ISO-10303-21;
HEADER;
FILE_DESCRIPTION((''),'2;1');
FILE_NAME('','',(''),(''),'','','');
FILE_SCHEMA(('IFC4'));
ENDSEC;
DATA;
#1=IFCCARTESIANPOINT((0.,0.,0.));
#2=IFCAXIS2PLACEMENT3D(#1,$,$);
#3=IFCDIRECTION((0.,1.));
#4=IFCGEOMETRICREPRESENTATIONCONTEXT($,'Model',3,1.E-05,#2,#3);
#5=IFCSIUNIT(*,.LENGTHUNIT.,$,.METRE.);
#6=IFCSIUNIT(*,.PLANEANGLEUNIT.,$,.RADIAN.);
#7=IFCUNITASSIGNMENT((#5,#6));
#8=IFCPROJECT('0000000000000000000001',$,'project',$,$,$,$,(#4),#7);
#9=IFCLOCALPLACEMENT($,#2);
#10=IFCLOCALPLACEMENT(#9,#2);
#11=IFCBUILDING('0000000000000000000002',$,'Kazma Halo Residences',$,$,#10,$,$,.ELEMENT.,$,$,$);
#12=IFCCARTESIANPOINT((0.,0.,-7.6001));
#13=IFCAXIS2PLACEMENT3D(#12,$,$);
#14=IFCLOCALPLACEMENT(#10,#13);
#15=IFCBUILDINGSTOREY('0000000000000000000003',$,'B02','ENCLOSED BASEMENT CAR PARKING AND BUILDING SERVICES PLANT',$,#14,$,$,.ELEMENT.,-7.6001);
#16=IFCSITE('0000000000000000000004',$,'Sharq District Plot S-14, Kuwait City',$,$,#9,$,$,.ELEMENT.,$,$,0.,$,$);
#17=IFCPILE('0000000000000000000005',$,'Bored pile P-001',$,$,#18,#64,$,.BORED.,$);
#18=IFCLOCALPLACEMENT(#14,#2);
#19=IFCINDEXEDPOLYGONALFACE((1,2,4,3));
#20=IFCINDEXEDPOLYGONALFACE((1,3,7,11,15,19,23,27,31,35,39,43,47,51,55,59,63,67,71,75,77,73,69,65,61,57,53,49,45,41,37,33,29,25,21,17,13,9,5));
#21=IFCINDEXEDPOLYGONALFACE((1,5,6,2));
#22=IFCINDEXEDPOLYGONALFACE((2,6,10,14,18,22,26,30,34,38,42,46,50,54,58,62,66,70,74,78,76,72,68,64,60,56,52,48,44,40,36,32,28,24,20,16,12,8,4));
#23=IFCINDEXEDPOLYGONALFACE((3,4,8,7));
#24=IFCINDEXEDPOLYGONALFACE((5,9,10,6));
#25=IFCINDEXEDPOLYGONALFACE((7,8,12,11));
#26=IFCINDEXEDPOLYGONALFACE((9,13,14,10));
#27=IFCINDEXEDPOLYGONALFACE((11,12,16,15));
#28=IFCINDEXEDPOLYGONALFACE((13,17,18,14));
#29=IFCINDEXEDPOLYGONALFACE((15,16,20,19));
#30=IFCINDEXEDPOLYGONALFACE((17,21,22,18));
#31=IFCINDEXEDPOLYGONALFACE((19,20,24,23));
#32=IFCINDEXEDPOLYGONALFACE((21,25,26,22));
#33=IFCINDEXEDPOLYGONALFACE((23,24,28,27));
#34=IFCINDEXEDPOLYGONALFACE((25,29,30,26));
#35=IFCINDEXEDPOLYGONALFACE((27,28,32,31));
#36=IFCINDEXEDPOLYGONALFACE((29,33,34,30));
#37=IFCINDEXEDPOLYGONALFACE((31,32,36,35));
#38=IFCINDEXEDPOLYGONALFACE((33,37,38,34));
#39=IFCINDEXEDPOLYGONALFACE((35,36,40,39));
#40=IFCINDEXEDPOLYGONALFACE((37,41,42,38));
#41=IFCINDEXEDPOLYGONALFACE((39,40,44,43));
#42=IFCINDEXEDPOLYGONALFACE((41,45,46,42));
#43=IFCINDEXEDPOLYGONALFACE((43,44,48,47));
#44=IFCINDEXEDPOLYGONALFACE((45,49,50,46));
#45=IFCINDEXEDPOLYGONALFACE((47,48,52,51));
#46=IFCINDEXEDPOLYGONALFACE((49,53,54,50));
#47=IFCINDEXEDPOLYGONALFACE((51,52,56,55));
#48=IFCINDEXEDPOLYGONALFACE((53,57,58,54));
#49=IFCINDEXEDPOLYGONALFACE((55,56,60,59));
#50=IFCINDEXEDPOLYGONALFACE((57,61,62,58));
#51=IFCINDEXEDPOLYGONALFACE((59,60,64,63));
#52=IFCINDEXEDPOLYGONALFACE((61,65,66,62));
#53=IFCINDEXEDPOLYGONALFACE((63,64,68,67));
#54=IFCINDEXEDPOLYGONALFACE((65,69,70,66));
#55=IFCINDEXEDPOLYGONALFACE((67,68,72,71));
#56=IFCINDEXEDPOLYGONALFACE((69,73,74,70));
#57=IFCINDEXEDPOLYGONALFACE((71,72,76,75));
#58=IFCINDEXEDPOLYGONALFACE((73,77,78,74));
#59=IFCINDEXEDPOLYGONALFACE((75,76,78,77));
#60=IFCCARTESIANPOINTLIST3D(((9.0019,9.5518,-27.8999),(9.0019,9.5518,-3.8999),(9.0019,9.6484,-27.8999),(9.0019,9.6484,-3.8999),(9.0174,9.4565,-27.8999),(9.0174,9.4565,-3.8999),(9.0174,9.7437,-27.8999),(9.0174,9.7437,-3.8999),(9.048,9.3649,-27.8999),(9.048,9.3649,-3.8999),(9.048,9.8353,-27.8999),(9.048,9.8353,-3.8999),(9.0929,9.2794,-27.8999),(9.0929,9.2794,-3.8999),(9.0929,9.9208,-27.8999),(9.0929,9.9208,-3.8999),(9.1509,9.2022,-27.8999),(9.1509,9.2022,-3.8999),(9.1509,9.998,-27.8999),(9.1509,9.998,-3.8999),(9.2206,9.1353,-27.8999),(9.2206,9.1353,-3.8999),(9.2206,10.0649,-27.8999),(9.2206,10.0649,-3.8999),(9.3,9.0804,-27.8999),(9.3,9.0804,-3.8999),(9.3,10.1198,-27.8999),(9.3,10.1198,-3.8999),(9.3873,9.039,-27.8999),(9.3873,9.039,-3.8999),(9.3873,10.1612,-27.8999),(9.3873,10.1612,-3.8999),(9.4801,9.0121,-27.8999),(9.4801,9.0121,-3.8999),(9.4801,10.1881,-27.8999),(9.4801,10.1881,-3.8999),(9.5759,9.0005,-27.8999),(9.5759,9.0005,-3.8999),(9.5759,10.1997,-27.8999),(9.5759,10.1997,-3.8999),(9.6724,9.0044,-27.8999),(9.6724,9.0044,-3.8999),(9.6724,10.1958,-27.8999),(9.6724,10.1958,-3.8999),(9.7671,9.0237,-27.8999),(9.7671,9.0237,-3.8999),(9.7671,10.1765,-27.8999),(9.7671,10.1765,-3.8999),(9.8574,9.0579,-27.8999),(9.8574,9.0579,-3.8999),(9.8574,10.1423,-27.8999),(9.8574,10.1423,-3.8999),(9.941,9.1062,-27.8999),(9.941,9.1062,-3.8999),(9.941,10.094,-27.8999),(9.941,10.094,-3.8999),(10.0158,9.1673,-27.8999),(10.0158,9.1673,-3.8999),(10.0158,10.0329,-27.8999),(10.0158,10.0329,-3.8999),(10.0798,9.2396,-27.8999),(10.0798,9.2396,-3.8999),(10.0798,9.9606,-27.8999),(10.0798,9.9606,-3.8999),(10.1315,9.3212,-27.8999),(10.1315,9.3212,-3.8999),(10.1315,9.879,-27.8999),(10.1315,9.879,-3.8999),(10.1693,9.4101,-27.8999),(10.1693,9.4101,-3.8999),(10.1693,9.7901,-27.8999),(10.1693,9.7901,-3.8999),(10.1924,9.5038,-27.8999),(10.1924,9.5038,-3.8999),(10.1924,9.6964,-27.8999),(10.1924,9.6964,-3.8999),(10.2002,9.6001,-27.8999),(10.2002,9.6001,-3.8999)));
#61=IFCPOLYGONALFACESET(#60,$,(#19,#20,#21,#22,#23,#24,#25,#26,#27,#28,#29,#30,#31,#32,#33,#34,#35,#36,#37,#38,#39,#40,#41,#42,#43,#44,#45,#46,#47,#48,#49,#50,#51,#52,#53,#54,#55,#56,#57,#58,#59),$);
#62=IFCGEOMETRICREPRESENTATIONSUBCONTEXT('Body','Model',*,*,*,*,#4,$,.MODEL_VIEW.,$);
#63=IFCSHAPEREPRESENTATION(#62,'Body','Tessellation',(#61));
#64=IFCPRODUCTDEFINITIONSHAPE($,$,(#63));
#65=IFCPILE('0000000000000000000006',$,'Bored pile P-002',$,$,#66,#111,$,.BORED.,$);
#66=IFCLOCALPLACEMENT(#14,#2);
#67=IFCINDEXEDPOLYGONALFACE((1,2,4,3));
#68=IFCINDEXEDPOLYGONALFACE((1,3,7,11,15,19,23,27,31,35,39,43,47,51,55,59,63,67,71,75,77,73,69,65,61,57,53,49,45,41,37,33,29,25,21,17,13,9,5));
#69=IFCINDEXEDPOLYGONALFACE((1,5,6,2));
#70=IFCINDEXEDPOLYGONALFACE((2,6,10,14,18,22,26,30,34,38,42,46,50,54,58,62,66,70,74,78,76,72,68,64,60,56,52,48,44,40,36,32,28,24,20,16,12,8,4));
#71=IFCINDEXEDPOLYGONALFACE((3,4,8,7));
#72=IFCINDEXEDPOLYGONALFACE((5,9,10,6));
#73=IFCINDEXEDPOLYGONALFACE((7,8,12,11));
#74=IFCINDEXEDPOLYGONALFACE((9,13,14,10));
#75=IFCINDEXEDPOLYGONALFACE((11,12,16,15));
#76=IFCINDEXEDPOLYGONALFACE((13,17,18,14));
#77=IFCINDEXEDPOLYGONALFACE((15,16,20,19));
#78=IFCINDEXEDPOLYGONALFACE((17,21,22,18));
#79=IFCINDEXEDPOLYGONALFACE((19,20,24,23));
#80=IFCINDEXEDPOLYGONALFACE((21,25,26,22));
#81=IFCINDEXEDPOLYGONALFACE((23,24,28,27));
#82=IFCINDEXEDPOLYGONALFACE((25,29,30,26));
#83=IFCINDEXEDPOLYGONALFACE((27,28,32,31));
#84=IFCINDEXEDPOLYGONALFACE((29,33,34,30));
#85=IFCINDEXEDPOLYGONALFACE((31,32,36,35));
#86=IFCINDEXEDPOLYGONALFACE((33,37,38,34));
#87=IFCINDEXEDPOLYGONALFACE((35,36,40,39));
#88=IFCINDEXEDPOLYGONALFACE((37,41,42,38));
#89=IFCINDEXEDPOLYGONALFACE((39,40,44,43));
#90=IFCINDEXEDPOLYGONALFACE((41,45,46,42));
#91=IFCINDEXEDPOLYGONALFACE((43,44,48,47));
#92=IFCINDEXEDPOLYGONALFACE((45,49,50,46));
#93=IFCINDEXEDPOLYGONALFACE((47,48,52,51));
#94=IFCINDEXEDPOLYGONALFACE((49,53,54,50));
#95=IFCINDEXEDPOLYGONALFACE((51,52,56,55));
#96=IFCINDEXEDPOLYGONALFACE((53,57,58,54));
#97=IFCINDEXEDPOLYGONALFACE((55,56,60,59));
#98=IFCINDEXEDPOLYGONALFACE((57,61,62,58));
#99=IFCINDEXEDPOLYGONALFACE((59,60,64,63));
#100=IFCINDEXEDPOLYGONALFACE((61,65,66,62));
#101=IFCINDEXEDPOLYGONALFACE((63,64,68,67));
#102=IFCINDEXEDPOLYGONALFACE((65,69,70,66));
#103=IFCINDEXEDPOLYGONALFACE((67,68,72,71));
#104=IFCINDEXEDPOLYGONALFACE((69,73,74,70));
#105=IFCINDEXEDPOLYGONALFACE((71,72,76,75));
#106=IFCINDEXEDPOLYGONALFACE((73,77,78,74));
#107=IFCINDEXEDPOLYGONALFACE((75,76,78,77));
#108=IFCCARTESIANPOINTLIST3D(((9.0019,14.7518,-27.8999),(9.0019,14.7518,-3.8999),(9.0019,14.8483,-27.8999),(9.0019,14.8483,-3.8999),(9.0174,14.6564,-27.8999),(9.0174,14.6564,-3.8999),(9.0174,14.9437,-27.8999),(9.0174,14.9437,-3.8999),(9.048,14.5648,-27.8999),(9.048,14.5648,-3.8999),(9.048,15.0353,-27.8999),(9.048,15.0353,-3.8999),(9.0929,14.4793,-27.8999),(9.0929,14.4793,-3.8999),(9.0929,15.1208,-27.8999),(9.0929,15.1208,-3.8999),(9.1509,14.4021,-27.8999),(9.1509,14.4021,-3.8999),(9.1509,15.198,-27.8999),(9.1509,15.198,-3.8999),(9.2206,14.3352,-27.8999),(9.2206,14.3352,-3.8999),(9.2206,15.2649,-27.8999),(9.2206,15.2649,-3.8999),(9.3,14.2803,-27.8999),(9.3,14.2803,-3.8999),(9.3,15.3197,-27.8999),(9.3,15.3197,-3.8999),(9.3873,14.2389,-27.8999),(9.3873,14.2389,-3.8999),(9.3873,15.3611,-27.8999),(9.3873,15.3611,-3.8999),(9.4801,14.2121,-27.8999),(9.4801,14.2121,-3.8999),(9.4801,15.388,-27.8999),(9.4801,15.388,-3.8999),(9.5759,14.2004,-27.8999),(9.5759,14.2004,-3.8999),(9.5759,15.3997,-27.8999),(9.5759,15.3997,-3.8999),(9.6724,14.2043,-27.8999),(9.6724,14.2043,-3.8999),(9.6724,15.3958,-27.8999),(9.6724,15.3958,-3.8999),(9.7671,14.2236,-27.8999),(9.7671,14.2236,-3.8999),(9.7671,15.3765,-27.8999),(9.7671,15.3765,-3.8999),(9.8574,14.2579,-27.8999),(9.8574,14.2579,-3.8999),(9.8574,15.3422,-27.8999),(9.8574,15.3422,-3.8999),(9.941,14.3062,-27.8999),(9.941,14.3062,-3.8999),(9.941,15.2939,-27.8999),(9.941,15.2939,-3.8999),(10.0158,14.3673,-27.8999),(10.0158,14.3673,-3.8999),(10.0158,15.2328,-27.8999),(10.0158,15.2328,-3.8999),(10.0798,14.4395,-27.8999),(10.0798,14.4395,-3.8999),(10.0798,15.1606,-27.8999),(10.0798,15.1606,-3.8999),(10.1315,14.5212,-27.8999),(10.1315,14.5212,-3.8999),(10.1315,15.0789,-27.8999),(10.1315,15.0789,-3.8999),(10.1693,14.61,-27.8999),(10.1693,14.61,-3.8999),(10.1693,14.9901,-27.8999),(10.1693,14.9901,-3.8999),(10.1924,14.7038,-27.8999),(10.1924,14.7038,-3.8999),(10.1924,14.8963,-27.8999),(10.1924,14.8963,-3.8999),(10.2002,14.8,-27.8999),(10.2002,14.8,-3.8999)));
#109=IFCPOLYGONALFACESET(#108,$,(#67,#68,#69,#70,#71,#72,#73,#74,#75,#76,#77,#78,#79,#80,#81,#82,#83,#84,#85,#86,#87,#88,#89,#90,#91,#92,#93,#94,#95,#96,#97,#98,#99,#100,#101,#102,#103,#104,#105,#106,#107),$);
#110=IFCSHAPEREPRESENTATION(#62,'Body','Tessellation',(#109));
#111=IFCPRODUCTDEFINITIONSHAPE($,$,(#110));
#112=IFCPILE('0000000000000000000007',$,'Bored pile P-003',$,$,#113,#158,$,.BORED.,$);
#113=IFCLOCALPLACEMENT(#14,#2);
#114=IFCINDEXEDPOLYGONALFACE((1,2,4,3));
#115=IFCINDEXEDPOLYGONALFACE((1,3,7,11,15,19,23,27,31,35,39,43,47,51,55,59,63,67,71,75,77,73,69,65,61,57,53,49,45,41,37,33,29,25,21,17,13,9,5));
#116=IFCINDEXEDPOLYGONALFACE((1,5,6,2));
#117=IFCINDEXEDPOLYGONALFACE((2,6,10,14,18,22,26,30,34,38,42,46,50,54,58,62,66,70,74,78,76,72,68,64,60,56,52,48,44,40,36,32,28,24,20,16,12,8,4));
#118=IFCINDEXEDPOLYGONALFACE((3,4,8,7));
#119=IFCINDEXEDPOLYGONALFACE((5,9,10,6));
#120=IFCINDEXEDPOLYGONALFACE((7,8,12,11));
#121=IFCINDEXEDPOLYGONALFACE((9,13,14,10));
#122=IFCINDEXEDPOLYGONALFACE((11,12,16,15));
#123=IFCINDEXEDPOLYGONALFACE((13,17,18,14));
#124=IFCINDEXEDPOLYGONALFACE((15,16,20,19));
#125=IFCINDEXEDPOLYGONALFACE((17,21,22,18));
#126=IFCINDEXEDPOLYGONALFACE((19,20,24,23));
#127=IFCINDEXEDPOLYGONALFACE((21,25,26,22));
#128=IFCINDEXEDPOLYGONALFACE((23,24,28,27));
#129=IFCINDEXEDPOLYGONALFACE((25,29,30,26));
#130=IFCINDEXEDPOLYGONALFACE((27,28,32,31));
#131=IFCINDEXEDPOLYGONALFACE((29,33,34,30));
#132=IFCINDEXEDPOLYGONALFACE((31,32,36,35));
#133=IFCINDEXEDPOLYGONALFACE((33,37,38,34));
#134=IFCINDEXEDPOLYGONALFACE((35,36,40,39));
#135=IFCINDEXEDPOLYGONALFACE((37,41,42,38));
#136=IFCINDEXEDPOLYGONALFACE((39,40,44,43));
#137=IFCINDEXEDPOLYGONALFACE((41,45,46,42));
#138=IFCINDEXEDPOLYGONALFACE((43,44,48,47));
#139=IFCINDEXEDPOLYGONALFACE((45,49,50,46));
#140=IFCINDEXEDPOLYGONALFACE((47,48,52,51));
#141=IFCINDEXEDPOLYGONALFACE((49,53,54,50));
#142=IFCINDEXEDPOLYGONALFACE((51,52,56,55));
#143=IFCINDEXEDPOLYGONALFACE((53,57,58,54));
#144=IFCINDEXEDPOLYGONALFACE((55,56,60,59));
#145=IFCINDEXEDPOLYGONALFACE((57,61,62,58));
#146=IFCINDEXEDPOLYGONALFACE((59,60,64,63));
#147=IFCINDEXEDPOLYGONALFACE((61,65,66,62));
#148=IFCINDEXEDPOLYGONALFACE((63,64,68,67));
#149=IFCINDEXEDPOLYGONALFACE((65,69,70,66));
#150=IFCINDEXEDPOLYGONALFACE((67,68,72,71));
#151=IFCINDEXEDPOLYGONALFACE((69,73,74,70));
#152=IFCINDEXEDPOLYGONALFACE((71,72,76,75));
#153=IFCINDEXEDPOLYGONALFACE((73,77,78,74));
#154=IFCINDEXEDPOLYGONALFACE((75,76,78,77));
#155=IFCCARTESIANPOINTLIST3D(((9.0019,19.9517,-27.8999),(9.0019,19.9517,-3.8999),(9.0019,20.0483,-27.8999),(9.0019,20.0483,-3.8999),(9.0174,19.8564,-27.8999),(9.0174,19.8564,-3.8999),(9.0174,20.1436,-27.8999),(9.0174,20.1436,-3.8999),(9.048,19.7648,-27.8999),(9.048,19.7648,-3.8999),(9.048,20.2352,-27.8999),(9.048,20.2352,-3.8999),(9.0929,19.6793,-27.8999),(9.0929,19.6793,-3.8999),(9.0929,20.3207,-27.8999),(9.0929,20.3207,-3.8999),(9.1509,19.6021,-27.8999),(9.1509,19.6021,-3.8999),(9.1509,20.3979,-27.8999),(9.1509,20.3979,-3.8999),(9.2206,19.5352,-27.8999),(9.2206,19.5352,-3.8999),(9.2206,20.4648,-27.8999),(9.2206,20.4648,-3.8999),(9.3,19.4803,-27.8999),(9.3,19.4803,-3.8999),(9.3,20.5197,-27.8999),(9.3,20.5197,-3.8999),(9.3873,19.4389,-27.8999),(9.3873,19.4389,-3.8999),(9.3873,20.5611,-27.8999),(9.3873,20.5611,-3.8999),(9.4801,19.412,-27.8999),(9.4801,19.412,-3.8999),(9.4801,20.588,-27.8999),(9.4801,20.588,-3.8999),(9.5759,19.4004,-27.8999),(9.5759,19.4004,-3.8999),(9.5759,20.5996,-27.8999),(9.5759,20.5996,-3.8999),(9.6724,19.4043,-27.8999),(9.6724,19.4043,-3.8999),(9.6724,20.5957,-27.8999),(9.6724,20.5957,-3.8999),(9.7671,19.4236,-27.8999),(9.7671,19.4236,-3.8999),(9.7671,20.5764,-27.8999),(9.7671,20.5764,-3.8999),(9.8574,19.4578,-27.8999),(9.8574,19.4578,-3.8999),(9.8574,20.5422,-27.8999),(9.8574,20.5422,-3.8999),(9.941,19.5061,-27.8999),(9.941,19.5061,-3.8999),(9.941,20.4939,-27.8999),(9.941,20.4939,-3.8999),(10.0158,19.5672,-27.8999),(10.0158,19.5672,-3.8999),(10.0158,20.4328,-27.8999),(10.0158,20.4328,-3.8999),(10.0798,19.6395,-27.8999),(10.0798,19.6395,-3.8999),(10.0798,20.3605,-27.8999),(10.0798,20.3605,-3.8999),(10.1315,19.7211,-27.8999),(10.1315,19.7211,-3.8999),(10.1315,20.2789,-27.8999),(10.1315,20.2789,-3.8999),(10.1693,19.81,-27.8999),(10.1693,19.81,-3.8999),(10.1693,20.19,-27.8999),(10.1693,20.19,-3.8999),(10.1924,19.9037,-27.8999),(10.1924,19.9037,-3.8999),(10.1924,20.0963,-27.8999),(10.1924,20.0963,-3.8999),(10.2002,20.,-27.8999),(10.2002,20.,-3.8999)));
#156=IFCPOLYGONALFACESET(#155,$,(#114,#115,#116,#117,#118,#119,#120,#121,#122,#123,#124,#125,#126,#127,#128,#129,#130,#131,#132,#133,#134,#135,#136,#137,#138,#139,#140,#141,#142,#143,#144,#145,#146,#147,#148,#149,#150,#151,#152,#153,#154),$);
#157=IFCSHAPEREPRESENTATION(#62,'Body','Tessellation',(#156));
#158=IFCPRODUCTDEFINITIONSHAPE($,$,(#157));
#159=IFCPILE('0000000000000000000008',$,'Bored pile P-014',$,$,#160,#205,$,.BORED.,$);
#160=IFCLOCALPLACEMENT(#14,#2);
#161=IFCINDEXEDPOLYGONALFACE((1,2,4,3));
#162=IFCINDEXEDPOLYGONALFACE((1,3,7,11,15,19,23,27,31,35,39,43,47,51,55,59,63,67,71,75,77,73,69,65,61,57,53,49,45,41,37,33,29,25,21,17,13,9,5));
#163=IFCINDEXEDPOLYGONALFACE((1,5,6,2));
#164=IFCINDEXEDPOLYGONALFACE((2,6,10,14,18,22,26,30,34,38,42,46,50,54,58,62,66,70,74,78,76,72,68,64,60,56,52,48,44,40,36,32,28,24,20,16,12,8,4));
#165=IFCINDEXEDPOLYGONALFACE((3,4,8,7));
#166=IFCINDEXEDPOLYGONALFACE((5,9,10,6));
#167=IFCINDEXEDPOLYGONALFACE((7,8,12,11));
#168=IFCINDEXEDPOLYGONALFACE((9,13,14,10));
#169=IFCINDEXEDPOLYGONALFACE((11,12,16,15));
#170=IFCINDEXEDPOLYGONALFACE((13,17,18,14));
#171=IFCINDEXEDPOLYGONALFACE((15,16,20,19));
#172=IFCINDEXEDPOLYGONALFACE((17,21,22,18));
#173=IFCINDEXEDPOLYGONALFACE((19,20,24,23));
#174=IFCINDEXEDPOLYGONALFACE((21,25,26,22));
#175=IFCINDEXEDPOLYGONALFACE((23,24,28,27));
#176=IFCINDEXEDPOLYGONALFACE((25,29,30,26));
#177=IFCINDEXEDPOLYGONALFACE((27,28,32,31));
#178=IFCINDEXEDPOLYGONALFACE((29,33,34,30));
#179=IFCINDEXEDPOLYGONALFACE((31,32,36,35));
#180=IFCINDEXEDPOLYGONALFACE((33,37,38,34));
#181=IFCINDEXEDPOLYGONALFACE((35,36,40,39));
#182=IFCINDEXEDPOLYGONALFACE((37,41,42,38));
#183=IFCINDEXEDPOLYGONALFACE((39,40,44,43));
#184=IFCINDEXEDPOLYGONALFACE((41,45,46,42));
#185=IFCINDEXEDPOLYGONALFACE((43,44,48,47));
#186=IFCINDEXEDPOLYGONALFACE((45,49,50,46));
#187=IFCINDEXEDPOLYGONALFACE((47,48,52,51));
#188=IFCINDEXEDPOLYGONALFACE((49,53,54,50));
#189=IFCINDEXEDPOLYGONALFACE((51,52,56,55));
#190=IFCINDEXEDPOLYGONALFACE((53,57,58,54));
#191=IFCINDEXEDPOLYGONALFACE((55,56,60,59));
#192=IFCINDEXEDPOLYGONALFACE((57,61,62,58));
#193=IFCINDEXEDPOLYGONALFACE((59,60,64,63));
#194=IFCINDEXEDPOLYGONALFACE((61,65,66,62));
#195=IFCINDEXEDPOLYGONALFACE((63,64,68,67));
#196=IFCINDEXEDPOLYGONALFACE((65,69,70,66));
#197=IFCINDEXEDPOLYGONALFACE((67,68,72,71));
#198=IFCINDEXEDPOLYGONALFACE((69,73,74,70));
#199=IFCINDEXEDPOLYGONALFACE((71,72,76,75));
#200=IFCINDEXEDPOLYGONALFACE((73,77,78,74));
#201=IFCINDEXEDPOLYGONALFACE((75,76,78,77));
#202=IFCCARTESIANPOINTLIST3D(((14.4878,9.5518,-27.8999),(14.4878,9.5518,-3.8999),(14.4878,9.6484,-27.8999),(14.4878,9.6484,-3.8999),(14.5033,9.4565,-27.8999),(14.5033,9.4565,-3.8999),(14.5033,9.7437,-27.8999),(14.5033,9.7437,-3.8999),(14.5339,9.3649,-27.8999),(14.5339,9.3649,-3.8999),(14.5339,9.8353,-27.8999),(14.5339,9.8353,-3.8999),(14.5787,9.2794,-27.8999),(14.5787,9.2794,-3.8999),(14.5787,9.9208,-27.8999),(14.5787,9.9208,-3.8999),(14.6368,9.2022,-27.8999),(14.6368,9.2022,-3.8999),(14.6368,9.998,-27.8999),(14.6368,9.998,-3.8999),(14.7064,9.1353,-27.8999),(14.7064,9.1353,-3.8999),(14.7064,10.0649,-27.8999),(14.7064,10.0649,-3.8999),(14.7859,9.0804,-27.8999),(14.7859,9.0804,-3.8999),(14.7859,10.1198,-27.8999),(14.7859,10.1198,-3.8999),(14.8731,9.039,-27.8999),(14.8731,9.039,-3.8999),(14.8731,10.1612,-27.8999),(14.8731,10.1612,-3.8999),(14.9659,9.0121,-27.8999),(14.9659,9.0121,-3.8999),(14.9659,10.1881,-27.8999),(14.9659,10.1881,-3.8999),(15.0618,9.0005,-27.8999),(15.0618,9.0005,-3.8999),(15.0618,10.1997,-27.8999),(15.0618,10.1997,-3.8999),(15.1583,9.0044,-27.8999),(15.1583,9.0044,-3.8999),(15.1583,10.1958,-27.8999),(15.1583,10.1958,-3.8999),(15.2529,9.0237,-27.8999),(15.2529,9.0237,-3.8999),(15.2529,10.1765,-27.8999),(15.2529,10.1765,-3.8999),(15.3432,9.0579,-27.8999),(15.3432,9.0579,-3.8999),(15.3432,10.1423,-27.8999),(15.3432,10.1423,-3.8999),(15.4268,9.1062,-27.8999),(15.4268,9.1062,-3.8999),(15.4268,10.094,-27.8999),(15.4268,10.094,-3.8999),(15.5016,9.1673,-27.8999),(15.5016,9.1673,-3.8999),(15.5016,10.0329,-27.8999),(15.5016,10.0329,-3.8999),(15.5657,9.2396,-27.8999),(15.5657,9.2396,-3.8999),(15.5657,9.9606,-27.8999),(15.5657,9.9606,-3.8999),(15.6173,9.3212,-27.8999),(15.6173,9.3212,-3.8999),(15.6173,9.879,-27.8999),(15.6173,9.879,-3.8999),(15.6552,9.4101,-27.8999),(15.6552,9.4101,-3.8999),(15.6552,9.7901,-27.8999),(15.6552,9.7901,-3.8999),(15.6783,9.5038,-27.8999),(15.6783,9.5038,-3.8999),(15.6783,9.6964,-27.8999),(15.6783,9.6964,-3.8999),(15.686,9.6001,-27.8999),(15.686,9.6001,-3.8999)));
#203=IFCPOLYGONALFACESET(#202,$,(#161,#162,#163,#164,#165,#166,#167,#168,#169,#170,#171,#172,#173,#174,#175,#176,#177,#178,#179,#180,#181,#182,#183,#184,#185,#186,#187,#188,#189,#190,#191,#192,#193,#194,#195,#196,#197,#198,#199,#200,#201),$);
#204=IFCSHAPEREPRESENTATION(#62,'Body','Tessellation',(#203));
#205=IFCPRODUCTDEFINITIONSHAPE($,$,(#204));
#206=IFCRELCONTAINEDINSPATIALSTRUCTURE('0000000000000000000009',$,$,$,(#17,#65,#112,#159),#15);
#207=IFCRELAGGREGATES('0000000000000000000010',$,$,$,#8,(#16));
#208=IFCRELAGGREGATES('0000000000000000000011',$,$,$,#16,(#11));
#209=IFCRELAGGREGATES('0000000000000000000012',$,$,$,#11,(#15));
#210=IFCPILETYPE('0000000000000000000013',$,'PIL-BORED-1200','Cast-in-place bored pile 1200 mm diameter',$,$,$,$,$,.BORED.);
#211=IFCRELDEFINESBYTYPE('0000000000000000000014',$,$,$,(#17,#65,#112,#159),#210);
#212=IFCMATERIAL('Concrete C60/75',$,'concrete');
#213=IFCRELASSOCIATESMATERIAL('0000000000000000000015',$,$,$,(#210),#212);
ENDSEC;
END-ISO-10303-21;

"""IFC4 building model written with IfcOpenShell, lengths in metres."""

from ifc_helpers import new_model, si_unit, direction, frame, origin, origin_2d, place, context, subcontext, project, spatial, circle, extrude, material, material_profile, profile_set, type_object, element, save


model = new_model("IFC4")

# Units and contexts
model_context = context("Model", 3, precision=1e-05, world=origin(), true_north=direction((0.0, 1.0)))
body_context = subcontext(model_context, "Body", "Model", "MODEL_VIEW")
ifc_project = project(units=[si_unit("LENGTHUNIT", "METRE"), si_unit("PLANEANGLEUNIT", "RADIAN")], contexts=[model_context])

# Site, building, storey
site_placement = place(None, origin())
site = spatial("IfcSite", under=ifc_project, at=site_placement, Name="Sharq District Plot S-14, Kuwait City", CompositionType="ELEMENT", RefElevation=0.0)
building_placement = place(site_placement, origin())
building = spatial("IfcBuilding", under=site, at=building_placement, Name="Kazma Halo Residences", CompositionType="ELEMENT")
storey_placement = place(building_placement, frame((0.0, 0.0, -7.6001)))
storey = spatial("IfcBuildingStorey", under=building, at=storey_placement, Name="B02", Description="ENCLOSED BASEMENT CAR PARKING AND BUILDING SERVICES PLANT", CompositionType="ELEMENT", Elevation=-7.6001)

# Piles
ifc_material_1 = material(Name="Concrete C60/75", Category="concrete")
ifc_material_profile_1 = material_profile(ifc_material_1, circle(Radius=0.6001, at=origin_2d()), Name="CIRC1200")
ifc_profile_set_1 = profile_set([ifc_material_profile_1], Name="Concrete C60/75")
pile_type = type_object("IfcPileType", Name="PIL-BORED-1200", Description="Cast-in-place bored pile 1200 mm diameter", PredefinedType="BORED", material=ifc_profile_set_1)
for number, where, z_axis, x_axis, name in (
    (1, (9.6001, 9.6001, -3.8999), (0.0, 0.0, -1.0), (1.0, 0.0, 0.0), "Bored pile P-001"),
    (2, (9.6001, 14.8, -3.8999), (0.0, 0.0, -1.0), (1.0, 0.0, 0.0), "Bored pile P-002"),
    (3, (9.6001, 20.0, -3.8999), (0.0, 0.0, -1.0), (1.0, 0.0, 0.0), "Bored pile P-003"),
    (4, (15.0859, 9.6001, -3.8999), (0.0, 0.0, -1.0), (1.0, 0.0, 0.0), "Bored pile P-014"),
):
    element("IfcPile", number, at=place(storey_placement, frame(where, z_axis=z_axis, x_axis=x_axis)), inside=storey, type_object=pile_type, Name=name, PredefinedType="BORED", context=body_context, shape_type="SweptSolid", body=[
        extrude(circle(Radius=0.6001, at=origin_2d()), origin(), (0.0, 0.0, 1.0), 24.0),
    ])

save(model, "model.ifc")
